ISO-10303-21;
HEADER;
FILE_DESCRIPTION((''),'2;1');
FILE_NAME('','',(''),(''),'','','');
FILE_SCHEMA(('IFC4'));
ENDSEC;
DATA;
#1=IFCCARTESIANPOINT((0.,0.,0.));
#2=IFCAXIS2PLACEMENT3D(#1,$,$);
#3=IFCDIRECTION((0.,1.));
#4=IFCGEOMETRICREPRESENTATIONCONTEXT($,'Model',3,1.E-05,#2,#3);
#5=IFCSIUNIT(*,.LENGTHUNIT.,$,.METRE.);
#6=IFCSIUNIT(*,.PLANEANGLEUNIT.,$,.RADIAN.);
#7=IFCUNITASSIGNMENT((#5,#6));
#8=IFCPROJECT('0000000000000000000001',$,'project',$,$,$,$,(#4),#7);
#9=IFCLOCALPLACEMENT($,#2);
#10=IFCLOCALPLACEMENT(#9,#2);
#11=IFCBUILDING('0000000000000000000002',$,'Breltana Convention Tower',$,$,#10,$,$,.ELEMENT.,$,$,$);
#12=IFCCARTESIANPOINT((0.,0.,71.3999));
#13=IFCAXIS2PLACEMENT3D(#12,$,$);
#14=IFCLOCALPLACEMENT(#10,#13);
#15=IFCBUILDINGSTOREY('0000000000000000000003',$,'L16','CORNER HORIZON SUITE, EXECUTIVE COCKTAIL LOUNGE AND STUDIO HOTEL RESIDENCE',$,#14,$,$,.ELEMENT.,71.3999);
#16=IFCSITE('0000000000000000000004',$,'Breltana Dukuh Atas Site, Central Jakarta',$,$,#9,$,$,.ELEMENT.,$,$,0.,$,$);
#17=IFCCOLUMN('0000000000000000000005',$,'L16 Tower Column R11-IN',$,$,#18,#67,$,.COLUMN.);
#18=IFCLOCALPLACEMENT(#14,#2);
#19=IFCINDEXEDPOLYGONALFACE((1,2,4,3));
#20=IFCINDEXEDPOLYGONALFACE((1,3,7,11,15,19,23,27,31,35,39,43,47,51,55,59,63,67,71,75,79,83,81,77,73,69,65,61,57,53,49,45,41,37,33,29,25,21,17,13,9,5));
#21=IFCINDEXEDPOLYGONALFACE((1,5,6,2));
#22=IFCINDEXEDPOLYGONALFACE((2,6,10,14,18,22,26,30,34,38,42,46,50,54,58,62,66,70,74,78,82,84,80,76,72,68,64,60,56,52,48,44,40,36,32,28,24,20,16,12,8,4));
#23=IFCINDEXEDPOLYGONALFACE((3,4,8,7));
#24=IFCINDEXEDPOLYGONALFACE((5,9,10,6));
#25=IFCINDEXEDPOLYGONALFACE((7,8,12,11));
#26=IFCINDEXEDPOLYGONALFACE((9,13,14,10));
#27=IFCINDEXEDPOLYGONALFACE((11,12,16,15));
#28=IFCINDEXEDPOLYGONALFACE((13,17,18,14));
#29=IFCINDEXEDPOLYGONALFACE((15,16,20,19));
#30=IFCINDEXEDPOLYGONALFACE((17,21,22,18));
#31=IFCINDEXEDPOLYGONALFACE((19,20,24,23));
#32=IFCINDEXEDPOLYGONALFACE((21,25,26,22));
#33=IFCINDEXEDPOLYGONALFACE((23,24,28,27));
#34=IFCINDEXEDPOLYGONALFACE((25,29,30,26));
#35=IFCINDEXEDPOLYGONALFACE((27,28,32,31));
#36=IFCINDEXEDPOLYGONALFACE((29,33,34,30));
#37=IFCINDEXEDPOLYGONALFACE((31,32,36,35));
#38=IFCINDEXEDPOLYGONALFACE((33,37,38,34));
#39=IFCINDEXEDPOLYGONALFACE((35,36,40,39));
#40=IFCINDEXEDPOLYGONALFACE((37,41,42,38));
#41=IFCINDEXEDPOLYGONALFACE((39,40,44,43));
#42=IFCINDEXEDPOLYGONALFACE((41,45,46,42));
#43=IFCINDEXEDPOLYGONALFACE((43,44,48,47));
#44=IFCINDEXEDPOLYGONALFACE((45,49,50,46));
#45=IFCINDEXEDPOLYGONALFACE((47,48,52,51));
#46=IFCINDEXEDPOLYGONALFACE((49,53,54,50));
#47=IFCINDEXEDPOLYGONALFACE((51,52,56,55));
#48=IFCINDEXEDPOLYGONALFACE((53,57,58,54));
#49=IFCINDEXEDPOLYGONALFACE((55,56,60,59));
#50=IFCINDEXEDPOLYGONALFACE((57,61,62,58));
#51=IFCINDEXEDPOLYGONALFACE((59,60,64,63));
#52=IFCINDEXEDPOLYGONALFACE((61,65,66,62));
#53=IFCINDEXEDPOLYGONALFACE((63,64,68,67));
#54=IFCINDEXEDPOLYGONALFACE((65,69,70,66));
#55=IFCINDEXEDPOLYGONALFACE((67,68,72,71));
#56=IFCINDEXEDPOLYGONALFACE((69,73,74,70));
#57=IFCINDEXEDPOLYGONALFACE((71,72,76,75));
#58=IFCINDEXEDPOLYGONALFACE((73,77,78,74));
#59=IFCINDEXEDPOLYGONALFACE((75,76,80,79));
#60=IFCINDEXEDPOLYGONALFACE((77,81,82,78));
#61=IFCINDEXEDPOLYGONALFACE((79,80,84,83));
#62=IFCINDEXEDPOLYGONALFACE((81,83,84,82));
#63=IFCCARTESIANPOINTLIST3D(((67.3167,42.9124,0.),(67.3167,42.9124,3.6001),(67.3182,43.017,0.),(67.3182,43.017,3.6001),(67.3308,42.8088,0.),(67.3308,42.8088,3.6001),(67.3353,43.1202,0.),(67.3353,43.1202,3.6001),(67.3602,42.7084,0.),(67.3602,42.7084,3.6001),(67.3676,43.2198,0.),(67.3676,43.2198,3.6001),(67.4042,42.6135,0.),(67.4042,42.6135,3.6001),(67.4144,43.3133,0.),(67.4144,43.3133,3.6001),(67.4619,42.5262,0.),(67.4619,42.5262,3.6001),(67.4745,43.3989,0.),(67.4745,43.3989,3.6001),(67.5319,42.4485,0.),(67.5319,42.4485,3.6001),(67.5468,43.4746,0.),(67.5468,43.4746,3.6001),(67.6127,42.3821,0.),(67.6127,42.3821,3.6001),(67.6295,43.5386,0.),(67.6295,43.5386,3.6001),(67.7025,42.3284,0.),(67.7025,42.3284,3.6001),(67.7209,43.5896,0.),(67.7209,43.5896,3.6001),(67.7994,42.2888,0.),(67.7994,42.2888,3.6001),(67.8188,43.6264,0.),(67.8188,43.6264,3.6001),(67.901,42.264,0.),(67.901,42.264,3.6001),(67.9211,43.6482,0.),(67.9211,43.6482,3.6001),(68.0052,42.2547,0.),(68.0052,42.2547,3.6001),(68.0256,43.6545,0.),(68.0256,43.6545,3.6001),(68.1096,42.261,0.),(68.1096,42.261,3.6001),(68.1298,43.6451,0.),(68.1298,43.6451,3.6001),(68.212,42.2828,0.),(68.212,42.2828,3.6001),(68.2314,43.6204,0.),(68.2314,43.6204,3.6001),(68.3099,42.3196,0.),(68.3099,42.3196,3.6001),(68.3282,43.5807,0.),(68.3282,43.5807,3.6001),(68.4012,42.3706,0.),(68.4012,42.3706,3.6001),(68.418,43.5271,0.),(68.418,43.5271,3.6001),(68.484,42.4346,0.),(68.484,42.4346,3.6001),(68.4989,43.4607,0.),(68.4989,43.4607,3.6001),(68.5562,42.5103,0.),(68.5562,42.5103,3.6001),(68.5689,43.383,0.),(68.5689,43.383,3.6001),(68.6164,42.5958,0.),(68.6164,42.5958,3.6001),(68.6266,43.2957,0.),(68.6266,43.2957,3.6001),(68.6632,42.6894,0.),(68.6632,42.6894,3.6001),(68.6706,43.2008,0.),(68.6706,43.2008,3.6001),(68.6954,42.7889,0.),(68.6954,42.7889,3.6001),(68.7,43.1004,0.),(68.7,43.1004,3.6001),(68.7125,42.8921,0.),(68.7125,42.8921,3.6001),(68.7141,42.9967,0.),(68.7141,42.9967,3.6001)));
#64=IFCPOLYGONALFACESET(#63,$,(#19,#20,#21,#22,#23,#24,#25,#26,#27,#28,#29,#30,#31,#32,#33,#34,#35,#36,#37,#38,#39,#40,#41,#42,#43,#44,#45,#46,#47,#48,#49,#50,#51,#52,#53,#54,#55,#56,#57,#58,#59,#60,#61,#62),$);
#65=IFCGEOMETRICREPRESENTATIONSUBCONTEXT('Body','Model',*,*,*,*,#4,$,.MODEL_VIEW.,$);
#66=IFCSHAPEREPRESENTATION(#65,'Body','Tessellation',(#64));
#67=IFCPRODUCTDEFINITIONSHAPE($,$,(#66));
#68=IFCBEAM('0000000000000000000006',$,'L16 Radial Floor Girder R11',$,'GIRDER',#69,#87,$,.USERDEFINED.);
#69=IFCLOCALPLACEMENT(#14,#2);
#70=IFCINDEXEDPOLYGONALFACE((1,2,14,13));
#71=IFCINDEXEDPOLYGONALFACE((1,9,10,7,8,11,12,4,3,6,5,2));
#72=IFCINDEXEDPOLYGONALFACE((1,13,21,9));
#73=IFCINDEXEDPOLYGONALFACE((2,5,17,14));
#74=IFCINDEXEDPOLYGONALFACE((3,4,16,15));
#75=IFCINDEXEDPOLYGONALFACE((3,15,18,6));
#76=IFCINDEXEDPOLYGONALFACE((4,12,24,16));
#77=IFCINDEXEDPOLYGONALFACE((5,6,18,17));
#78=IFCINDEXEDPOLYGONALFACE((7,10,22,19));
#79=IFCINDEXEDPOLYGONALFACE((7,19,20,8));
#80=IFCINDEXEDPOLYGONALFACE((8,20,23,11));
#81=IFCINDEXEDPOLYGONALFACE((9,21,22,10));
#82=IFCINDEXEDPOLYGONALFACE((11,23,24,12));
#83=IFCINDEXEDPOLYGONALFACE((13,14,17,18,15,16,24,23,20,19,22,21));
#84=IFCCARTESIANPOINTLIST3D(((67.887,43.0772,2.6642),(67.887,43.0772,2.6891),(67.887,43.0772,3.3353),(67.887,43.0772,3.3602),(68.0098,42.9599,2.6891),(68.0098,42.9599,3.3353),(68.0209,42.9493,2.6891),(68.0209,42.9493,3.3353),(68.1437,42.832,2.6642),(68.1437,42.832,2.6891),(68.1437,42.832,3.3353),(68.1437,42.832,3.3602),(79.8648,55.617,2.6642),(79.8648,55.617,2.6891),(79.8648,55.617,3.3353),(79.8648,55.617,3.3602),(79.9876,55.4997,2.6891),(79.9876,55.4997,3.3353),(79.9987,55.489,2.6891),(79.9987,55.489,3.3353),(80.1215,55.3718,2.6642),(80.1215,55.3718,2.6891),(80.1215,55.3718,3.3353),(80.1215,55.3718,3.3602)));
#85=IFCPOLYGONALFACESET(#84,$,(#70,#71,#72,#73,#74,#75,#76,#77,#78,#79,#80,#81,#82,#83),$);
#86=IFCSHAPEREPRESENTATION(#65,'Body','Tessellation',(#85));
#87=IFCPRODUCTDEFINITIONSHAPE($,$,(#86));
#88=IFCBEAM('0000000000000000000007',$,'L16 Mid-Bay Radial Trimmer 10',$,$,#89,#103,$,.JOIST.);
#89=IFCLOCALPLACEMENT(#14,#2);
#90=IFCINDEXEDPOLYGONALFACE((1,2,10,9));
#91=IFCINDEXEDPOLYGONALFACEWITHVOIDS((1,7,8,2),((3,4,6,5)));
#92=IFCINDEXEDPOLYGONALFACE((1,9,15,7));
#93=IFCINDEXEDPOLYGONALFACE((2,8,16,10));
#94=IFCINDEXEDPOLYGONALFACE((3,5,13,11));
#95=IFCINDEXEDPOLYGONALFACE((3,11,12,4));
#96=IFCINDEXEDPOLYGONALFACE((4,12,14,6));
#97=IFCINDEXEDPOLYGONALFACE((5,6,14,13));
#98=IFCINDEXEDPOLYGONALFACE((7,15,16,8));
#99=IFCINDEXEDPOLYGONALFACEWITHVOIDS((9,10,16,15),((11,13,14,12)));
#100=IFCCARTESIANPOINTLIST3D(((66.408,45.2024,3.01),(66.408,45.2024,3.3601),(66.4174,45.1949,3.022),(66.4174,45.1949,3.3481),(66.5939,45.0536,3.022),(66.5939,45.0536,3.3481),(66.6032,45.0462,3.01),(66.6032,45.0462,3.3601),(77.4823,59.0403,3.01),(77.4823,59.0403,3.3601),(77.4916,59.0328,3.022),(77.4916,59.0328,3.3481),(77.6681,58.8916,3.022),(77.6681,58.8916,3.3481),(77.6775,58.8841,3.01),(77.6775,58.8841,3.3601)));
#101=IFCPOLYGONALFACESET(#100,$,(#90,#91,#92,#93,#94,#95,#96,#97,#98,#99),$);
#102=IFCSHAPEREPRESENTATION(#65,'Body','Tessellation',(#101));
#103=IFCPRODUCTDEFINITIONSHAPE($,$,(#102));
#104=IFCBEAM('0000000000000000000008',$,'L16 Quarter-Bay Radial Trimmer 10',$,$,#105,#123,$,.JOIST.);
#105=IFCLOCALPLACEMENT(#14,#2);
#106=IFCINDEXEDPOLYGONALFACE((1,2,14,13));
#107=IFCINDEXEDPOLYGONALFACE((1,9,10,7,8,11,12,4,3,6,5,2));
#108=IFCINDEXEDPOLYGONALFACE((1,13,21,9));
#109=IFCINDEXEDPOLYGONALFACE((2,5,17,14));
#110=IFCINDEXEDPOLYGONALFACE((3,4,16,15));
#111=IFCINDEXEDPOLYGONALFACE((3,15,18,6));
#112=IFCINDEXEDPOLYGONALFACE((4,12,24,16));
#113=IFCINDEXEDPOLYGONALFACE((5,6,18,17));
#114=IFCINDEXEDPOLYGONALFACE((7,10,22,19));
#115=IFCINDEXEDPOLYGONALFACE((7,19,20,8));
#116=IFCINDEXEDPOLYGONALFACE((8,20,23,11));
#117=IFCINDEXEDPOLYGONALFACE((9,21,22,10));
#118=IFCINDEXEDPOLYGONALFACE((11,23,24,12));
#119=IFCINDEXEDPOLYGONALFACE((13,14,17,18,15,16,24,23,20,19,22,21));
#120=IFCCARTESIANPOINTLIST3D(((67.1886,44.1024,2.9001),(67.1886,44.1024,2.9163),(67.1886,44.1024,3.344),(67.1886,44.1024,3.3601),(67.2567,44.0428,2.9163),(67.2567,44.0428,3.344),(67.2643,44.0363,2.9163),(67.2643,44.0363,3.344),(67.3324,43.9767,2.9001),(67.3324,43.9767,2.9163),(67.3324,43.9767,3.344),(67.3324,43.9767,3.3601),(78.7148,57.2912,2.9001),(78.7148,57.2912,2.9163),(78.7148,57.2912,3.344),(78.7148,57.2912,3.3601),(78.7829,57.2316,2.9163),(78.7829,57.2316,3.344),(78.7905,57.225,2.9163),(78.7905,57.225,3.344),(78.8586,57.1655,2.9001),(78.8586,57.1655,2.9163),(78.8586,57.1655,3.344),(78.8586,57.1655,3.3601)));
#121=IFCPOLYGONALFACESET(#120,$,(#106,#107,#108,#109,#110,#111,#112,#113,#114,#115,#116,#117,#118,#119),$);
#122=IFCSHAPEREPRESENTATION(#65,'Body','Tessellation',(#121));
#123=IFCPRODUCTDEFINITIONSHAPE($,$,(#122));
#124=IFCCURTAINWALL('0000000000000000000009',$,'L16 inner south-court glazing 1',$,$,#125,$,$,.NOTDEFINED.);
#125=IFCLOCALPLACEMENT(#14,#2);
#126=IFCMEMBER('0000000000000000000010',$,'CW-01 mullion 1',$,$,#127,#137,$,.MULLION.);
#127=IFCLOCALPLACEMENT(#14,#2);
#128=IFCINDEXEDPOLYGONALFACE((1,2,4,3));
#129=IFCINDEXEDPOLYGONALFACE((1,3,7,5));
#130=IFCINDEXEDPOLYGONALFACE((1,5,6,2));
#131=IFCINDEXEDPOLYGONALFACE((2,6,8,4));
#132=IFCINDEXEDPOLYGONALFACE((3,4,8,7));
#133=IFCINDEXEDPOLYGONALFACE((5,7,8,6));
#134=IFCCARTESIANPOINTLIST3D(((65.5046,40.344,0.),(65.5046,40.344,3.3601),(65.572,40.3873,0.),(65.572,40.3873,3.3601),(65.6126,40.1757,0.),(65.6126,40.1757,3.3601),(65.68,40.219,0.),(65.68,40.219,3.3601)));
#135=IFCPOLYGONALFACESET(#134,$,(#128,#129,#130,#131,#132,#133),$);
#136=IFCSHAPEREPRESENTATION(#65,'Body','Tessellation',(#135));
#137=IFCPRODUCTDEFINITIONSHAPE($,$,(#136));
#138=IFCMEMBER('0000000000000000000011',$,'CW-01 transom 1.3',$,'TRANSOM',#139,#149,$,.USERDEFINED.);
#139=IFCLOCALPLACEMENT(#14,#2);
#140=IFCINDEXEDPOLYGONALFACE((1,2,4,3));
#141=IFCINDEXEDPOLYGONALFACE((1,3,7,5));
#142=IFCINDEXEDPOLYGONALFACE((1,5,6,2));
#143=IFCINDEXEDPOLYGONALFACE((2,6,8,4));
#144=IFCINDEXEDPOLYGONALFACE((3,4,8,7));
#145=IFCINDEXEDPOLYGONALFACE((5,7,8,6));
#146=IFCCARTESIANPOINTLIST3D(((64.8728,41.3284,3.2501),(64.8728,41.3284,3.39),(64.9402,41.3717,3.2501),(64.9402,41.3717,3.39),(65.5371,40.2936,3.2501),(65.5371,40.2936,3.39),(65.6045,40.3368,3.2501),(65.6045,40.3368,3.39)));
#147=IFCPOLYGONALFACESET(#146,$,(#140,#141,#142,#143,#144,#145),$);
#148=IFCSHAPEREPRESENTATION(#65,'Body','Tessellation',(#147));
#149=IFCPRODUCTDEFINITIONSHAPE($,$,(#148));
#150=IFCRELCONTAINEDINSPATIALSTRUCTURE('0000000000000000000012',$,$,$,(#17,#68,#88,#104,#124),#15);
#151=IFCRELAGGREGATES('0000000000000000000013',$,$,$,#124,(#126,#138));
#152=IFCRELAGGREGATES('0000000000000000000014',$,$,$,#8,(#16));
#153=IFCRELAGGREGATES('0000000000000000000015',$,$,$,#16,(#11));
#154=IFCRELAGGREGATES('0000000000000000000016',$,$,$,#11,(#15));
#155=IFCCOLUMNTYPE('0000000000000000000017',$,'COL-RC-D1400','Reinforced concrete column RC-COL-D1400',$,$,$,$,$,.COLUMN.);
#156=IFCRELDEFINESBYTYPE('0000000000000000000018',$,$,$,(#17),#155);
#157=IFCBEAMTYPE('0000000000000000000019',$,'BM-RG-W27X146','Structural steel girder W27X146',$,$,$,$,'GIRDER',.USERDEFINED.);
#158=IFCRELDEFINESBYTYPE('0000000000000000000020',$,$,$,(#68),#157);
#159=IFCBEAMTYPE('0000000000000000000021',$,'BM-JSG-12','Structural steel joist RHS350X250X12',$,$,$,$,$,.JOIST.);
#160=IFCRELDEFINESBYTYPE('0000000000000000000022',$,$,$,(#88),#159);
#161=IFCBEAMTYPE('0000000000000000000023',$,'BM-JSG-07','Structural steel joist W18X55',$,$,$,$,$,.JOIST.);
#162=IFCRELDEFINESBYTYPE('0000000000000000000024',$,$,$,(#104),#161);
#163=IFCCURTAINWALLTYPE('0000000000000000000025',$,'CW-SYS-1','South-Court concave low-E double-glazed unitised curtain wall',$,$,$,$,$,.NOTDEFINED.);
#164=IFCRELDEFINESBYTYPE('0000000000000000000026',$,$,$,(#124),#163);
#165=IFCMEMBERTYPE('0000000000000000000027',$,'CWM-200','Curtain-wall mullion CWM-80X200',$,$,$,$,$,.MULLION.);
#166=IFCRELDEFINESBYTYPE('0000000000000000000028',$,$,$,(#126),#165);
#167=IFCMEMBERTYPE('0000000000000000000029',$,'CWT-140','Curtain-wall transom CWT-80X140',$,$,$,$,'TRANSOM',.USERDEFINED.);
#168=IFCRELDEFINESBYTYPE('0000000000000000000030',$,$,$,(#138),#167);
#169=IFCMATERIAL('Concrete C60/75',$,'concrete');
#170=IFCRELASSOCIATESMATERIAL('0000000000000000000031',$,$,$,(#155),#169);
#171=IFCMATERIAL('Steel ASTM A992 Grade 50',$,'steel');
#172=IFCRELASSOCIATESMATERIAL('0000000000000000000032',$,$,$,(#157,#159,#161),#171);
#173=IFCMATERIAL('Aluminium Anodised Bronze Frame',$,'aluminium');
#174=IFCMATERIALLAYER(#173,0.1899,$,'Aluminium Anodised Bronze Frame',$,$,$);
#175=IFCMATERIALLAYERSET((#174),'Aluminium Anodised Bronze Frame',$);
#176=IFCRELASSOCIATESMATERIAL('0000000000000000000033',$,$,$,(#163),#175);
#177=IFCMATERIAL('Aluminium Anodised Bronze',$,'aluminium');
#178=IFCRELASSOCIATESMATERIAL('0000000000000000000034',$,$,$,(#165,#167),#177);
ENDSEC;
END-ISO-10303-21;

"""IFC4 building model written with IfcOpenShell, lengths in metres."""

from ifc_helpers import new_model, si_unit, direction, frame, origin, origin_2d, place, context, subcontext, project, spatial, rectangle, hollow_rectangle, circle, i_section, extrude, source, transform, mapped, material, layer, layer_set, material_profile, profile_set, type_object, type_shapes, element, aggregate, save


model = new_model("IFC4")

# Units and contexts
model_context = context("Model", 3, precision=1e-05, world=origin(), true_north=direction((0.0, 1.0)))
body_context = subcontext(model_context, "Body", "Model", "MODEL_VIEW")
ifc_project = project(units=[si_unit("LENGTHUNIT", "METRE"), si_unit("PLANEANGLEUNIT", "RADIAN")], contexts=[model_context])

# Site, building, storey
site_placement = place(None, origin())
site = spatial("IfcSite", under=ifc_project, at=site_placement, Name="Breltana Dukuh Atas Site, Central Jakarta", CompositionType="ELEMENT", RefElevation=0.0)
building_placement = place(site_placement, origin())
building = spatial("IfcBuilding", under=site, at=building_placement, Name="Breltana Convention Tower", CompositionType="ELEMENT")
storey_placement = place(building_placement, frame((0.0, 0.0, 71.3999)))
storey = spatial("IfcBuildingStorey", under=building, at=storey_placement, Name="L16", Description="CORNER HORIZON SUITE, EXECUTIVE COCKTAIL LOUNGE AND STUDIO HOTEL RESIDENCE", CompositionType="ELEMENT", Elevation=71.3999)

# Column
ifc_material_1 = material(Name="Concrete C60/75", Category="concrete")
ifc_material_profile_1 = material_profile(ifc_material_1, circle(Radius=0.7, at=origin_2d()), Name="RC-COL-D1400")
ifc_profile_set_1 = profile_set([ifc_material_profile_1], Name="Concrete C60/75")
column_type = type_object("IfcColumnType", Name="COL-RC-D1400", Description="Reinforced concrete column RC-COL-D1400", PredefinedType="COLUMN", material=ifc_profile_set_1)
shared_shape_1 = source(origin(), body_context, "Body", "SweptSolid", [
    extrude(circle(Radius=0.7, at=origin_2d()), origin(), (0.0, 0.0, 1.0), 3.6001),
])
column_placement = place(storey_placement, frame((68.0154, 42.9546, 0.0), z_axis=(0.0, 0.0, 1.0), x_axis=(0.690756, 0.723088, 0.0)))
element("IfcColumn", 1, at=column_placement, inside=storey, type_object=column_type, Name="L16 Tower Column R11-IN", PredefinedType="COLUMN", context=body_context, shape_type="MappedRepresentation", body=[
    mapped(shared_shape_1, transform((0.0, 0.0, 0.0), scale=1.0)),
])

# Beams
ifc_material_2 = material(Name="Steel ASTM A992 Grade 50", Category="steel")
ifc_material_profile_2 = material_profile(ifc_material_2, i_section(OverallWidth=0.355, OverallDepth=0.696, WebThickness=0.0154, FlangeThickness=0.0249, at=origin_2d()), Name="W27X146")
ifc_profile_set_2 = profile_set([ifc_material_profile_2], Name="Steel ASTM A992 Grade 50")
beam_type_1 = type_object("IfcBeamType", Name="BM-RG-W27X146", Description="Structural steel girder W27X146", ElementType="GIRDER", PredefinedType="USERDEFINED", material=ifc_profile_set_2)
shared_shape_2 = source(origin(), body_context, "Body", "SweptSolid", [
    extrude(i_section(OverallWidth=0.355, OverallDepth=0.696, WebThickness=0.0154, FlangeThickness=0.0249, at=origin_2d()), origin(), (0.0, 0.0, 1.0), 17.3411),
])
type_shapes(beam_type_1, [shared_shape_2])
beam_1_placement = place(storey_placement, frame((68.0154, 42.9546, 3.0122), z_axis=(0.690716, 0.723126, 0.0), x_axis=(-0.723126, 0.690716, 0.0)))
element("IfcBeam", 2, at=beam_1_placement, inside=storey, type_object=beam_type_1, Name="L16 Radial Floor Girder R11", ObjectType="GIRDER", PredefinedType="USERDEFINED", context=body_context, shape_type="MappedRepresentation", body=[
    mapped(shared_shape_2, transform((0.0, 0.0, 0.0), scale=1.0)),
])
ifc_material_profile_3 = material_profile(ifc_material_2, hollow_rectangle(XDim=0.25, YDim=0.3501, WallThickness=0.012, at=origin_2d()), Name="RHS350X250X12")
ifc_profile_set_3 = profile_set([ifc_material_profile_3], Name="Steel ASTM A992 Grade 50")
beam_type_2 = type_object("IfcBeamType", Name="BM-JSG-12", Description="Structural steel joist RHS350X250X12", PredefinedType="JOIST", material=ifc_profile_set_3)
shared_shape_3 = source(origin(), body_context, "Body", "SweptSolid", [
    extrude(hollow_rectangle(XDim=0.25, YDim=0.3501, WallThickness=0.012, at=origin_2d()), origin(), (0.0, 0.0, 1.0), 17.7236),
])
beam_2_placement = place(storey_placement, frame((66.5056, 45.1243, 3.1851), z_axis=(0.624829, 0.780761, 0.0), x_axis=(-0.780761, 0.624829, 0.0)))
element("IfcBeam", 3, at=beam_2_placement, inside=storey, type_object=beam_type_2, Name="L16 Mid-Bay Radial Trimmer 10", PredefinedType="JOIST", context=body_context, shape_type="MappedRepresentation", body=[
    mapped(shared_shape_3, transform((0.0, 0.0, 0.0), scale=1.0)),
])
ifc_material_profile_4 = material_profile(ifc_material_2, i_section(OverallWidth=0.1909, OverallDepth=0.46, WebThickness=0.01, FlangeThickness=0.0161, at=origin_2d()), Name="W18X55")
ifc_profile_set_4 = profile_set([ifc_material_profile_4], Name="Steel ASTM A992 Grade 50")
beam_type_3 = type_object("IfcBeamType", Name="BM-JSG-07", Description="Structural steel joist W18X55", PredefinedType="JOIST", material=ifc_profile_set_4)
shared_shape_4 = source(origin(), body_context, "Body", "SweptSolid", [
    extrude(i_section(OverallWidth=0.1909, OverallDepth=0.46, WebThickness=0.01, FlangeThickness=0.0161, at=origin_2d()), origin(), (0.0, 0.0, 1.0), 17.5156),
])
beam_3_placement = place(storey_placement, frame((67.2605, 44.0396, 3.1301), z_axis=(0.658052, 0.752973, 0.0), x_axis=(-0.752973, 0.658052, 0.0)))
element("IfcBeam", 4, at=beam_3_placement, inside=storey, type_object=beam_type_3, Name="L16 Quarter-Bay Radial Trimmer 10", PredefinedType="JOIST", context=body_context, shape_type="MappedRepresentation", body=[
    mapped(shared_shape_4, transform((0.0, 0.0, 0.0), scale=1.0)),
])

# Curtain wall, members
ifc_material_3 = material(Name="Aluminium Anodised Bronze Frame", Category="aluminium")
ifc_layer_1 = layer(ifc_material_3, 0.1899, Name="Aluminium Anodised Bronze Frame")
ifc_layer_set_1 = layer_set([ifc_layer_1], Name="Aluminium Anodised Bronze Frame")
curtain_wall_type = type_object("IfcCurtainWallType", Name="CW-SYS-1", Description="South-Court concave low-E double-glazed unitised curtain wall", PredefinedType="NOTDEFINED", material=ifc_layer_set_1)
curtain_wall_placement = place(storey_placement, origin())
curtain_wall = element("IfcCurtainWall", 5, at=curtain_wall_placement, inside=storey, type_object=curtain_wall_type, Name="L16 inner south-court glazing 1", PredefinedType="NOTDEFINED")
ifc_material_4 = material(Name="Aluminium Anodised Bronze", Category="aluminium")
ifc_material_profile_5 = material_profile(ifc_material_4, rectangle(XDim=0.0801, YDim=0.2, at=origin_2d()), Name="CWM-80X200")
ifc_profile_set_5 = profile_set([ifc_material_profile_5], Name="Aluminium Anodised Bronze")
member_type_1 = type_object("IfcMemberType", Name="CWM-200", Description="Curtain-wall mullion CWM-80X200", PredefinedType="MULLION", material=ifc_profile_set_5)
shared_shape_5 = source(origin(), body_context, "Body", "SweptSolid", [
    extrude(rectangle(XDim=0.0801, YDim=0.2, at=origin_2d()), origin(), (0.0, 0.0, 1.0), 3.3601),
])
member_1_placement = place(storey_placement, frame((65.5923, 40.2815, 0.0), z_axis=(0.0, 0.0, 1.0), x_axis=(-0.841556, -0.54017, 0.0)))
member_1 = element("IfcMember", 6, at=member_1_placement, type_object=member_type_1, Name="CW-01 mullion 1", PredefinedType="MULLION", context=body_context, shape_type="MappedRepresentation", body=[
    mapped(shared_shape_5, transform((0.0, 0.0, 0.0), scale=1.0)),
])
ifc_material_profile_6 = material_profile(ifc_material_4, rectangle(XDim=0.0801, YDim=0.1399, at=origin_2d()), Name="CWT-80X140")
ifc_profile_set_6 = profile_set([ifc_material_profile_6], Name="Aluminium Anodised Bronze")
member_type_2 = type_object("IfcMemberType", Name="CWT-140", Description="Curtain-wall transom CWT-80X140", ElementType="TRANSOM", PredefinedType="USERDEFINED", material=ifc_profile_set_6)
shared_shape_6 = source(origin(), body_context, "Body", "SweptSolid", [
    extrude(rectangle(XDim=0.0801, YDim=0.1399, at=origin_2d()), origin(), (0.0, 0.0, 1.0), 1.2297),
])
member_2_placement = place(storey_placement, frame((65.5708, 40.3152, 3.3201), z_axis=(-0.540186, 0.841546, 0.0), x_axis=(-0.841546, -0.540186, 0.0)))
member_2 = element("IfcMember", 7, at=member_2_placement, type_object=member_type_2, Name="CW-01 transom 1.3", ObjectType="TRANSOM", PredefinedType="USERDEFINED", context=body_context, shape_type="MappedRepresentation", body=[
    mapped(shared_shape_6, transform((0.0, 0.0, 0.0), scale=1.0)),
])
aggregate(curtain_wall, [member_1, member_2])

save(model, "model.ifc")
